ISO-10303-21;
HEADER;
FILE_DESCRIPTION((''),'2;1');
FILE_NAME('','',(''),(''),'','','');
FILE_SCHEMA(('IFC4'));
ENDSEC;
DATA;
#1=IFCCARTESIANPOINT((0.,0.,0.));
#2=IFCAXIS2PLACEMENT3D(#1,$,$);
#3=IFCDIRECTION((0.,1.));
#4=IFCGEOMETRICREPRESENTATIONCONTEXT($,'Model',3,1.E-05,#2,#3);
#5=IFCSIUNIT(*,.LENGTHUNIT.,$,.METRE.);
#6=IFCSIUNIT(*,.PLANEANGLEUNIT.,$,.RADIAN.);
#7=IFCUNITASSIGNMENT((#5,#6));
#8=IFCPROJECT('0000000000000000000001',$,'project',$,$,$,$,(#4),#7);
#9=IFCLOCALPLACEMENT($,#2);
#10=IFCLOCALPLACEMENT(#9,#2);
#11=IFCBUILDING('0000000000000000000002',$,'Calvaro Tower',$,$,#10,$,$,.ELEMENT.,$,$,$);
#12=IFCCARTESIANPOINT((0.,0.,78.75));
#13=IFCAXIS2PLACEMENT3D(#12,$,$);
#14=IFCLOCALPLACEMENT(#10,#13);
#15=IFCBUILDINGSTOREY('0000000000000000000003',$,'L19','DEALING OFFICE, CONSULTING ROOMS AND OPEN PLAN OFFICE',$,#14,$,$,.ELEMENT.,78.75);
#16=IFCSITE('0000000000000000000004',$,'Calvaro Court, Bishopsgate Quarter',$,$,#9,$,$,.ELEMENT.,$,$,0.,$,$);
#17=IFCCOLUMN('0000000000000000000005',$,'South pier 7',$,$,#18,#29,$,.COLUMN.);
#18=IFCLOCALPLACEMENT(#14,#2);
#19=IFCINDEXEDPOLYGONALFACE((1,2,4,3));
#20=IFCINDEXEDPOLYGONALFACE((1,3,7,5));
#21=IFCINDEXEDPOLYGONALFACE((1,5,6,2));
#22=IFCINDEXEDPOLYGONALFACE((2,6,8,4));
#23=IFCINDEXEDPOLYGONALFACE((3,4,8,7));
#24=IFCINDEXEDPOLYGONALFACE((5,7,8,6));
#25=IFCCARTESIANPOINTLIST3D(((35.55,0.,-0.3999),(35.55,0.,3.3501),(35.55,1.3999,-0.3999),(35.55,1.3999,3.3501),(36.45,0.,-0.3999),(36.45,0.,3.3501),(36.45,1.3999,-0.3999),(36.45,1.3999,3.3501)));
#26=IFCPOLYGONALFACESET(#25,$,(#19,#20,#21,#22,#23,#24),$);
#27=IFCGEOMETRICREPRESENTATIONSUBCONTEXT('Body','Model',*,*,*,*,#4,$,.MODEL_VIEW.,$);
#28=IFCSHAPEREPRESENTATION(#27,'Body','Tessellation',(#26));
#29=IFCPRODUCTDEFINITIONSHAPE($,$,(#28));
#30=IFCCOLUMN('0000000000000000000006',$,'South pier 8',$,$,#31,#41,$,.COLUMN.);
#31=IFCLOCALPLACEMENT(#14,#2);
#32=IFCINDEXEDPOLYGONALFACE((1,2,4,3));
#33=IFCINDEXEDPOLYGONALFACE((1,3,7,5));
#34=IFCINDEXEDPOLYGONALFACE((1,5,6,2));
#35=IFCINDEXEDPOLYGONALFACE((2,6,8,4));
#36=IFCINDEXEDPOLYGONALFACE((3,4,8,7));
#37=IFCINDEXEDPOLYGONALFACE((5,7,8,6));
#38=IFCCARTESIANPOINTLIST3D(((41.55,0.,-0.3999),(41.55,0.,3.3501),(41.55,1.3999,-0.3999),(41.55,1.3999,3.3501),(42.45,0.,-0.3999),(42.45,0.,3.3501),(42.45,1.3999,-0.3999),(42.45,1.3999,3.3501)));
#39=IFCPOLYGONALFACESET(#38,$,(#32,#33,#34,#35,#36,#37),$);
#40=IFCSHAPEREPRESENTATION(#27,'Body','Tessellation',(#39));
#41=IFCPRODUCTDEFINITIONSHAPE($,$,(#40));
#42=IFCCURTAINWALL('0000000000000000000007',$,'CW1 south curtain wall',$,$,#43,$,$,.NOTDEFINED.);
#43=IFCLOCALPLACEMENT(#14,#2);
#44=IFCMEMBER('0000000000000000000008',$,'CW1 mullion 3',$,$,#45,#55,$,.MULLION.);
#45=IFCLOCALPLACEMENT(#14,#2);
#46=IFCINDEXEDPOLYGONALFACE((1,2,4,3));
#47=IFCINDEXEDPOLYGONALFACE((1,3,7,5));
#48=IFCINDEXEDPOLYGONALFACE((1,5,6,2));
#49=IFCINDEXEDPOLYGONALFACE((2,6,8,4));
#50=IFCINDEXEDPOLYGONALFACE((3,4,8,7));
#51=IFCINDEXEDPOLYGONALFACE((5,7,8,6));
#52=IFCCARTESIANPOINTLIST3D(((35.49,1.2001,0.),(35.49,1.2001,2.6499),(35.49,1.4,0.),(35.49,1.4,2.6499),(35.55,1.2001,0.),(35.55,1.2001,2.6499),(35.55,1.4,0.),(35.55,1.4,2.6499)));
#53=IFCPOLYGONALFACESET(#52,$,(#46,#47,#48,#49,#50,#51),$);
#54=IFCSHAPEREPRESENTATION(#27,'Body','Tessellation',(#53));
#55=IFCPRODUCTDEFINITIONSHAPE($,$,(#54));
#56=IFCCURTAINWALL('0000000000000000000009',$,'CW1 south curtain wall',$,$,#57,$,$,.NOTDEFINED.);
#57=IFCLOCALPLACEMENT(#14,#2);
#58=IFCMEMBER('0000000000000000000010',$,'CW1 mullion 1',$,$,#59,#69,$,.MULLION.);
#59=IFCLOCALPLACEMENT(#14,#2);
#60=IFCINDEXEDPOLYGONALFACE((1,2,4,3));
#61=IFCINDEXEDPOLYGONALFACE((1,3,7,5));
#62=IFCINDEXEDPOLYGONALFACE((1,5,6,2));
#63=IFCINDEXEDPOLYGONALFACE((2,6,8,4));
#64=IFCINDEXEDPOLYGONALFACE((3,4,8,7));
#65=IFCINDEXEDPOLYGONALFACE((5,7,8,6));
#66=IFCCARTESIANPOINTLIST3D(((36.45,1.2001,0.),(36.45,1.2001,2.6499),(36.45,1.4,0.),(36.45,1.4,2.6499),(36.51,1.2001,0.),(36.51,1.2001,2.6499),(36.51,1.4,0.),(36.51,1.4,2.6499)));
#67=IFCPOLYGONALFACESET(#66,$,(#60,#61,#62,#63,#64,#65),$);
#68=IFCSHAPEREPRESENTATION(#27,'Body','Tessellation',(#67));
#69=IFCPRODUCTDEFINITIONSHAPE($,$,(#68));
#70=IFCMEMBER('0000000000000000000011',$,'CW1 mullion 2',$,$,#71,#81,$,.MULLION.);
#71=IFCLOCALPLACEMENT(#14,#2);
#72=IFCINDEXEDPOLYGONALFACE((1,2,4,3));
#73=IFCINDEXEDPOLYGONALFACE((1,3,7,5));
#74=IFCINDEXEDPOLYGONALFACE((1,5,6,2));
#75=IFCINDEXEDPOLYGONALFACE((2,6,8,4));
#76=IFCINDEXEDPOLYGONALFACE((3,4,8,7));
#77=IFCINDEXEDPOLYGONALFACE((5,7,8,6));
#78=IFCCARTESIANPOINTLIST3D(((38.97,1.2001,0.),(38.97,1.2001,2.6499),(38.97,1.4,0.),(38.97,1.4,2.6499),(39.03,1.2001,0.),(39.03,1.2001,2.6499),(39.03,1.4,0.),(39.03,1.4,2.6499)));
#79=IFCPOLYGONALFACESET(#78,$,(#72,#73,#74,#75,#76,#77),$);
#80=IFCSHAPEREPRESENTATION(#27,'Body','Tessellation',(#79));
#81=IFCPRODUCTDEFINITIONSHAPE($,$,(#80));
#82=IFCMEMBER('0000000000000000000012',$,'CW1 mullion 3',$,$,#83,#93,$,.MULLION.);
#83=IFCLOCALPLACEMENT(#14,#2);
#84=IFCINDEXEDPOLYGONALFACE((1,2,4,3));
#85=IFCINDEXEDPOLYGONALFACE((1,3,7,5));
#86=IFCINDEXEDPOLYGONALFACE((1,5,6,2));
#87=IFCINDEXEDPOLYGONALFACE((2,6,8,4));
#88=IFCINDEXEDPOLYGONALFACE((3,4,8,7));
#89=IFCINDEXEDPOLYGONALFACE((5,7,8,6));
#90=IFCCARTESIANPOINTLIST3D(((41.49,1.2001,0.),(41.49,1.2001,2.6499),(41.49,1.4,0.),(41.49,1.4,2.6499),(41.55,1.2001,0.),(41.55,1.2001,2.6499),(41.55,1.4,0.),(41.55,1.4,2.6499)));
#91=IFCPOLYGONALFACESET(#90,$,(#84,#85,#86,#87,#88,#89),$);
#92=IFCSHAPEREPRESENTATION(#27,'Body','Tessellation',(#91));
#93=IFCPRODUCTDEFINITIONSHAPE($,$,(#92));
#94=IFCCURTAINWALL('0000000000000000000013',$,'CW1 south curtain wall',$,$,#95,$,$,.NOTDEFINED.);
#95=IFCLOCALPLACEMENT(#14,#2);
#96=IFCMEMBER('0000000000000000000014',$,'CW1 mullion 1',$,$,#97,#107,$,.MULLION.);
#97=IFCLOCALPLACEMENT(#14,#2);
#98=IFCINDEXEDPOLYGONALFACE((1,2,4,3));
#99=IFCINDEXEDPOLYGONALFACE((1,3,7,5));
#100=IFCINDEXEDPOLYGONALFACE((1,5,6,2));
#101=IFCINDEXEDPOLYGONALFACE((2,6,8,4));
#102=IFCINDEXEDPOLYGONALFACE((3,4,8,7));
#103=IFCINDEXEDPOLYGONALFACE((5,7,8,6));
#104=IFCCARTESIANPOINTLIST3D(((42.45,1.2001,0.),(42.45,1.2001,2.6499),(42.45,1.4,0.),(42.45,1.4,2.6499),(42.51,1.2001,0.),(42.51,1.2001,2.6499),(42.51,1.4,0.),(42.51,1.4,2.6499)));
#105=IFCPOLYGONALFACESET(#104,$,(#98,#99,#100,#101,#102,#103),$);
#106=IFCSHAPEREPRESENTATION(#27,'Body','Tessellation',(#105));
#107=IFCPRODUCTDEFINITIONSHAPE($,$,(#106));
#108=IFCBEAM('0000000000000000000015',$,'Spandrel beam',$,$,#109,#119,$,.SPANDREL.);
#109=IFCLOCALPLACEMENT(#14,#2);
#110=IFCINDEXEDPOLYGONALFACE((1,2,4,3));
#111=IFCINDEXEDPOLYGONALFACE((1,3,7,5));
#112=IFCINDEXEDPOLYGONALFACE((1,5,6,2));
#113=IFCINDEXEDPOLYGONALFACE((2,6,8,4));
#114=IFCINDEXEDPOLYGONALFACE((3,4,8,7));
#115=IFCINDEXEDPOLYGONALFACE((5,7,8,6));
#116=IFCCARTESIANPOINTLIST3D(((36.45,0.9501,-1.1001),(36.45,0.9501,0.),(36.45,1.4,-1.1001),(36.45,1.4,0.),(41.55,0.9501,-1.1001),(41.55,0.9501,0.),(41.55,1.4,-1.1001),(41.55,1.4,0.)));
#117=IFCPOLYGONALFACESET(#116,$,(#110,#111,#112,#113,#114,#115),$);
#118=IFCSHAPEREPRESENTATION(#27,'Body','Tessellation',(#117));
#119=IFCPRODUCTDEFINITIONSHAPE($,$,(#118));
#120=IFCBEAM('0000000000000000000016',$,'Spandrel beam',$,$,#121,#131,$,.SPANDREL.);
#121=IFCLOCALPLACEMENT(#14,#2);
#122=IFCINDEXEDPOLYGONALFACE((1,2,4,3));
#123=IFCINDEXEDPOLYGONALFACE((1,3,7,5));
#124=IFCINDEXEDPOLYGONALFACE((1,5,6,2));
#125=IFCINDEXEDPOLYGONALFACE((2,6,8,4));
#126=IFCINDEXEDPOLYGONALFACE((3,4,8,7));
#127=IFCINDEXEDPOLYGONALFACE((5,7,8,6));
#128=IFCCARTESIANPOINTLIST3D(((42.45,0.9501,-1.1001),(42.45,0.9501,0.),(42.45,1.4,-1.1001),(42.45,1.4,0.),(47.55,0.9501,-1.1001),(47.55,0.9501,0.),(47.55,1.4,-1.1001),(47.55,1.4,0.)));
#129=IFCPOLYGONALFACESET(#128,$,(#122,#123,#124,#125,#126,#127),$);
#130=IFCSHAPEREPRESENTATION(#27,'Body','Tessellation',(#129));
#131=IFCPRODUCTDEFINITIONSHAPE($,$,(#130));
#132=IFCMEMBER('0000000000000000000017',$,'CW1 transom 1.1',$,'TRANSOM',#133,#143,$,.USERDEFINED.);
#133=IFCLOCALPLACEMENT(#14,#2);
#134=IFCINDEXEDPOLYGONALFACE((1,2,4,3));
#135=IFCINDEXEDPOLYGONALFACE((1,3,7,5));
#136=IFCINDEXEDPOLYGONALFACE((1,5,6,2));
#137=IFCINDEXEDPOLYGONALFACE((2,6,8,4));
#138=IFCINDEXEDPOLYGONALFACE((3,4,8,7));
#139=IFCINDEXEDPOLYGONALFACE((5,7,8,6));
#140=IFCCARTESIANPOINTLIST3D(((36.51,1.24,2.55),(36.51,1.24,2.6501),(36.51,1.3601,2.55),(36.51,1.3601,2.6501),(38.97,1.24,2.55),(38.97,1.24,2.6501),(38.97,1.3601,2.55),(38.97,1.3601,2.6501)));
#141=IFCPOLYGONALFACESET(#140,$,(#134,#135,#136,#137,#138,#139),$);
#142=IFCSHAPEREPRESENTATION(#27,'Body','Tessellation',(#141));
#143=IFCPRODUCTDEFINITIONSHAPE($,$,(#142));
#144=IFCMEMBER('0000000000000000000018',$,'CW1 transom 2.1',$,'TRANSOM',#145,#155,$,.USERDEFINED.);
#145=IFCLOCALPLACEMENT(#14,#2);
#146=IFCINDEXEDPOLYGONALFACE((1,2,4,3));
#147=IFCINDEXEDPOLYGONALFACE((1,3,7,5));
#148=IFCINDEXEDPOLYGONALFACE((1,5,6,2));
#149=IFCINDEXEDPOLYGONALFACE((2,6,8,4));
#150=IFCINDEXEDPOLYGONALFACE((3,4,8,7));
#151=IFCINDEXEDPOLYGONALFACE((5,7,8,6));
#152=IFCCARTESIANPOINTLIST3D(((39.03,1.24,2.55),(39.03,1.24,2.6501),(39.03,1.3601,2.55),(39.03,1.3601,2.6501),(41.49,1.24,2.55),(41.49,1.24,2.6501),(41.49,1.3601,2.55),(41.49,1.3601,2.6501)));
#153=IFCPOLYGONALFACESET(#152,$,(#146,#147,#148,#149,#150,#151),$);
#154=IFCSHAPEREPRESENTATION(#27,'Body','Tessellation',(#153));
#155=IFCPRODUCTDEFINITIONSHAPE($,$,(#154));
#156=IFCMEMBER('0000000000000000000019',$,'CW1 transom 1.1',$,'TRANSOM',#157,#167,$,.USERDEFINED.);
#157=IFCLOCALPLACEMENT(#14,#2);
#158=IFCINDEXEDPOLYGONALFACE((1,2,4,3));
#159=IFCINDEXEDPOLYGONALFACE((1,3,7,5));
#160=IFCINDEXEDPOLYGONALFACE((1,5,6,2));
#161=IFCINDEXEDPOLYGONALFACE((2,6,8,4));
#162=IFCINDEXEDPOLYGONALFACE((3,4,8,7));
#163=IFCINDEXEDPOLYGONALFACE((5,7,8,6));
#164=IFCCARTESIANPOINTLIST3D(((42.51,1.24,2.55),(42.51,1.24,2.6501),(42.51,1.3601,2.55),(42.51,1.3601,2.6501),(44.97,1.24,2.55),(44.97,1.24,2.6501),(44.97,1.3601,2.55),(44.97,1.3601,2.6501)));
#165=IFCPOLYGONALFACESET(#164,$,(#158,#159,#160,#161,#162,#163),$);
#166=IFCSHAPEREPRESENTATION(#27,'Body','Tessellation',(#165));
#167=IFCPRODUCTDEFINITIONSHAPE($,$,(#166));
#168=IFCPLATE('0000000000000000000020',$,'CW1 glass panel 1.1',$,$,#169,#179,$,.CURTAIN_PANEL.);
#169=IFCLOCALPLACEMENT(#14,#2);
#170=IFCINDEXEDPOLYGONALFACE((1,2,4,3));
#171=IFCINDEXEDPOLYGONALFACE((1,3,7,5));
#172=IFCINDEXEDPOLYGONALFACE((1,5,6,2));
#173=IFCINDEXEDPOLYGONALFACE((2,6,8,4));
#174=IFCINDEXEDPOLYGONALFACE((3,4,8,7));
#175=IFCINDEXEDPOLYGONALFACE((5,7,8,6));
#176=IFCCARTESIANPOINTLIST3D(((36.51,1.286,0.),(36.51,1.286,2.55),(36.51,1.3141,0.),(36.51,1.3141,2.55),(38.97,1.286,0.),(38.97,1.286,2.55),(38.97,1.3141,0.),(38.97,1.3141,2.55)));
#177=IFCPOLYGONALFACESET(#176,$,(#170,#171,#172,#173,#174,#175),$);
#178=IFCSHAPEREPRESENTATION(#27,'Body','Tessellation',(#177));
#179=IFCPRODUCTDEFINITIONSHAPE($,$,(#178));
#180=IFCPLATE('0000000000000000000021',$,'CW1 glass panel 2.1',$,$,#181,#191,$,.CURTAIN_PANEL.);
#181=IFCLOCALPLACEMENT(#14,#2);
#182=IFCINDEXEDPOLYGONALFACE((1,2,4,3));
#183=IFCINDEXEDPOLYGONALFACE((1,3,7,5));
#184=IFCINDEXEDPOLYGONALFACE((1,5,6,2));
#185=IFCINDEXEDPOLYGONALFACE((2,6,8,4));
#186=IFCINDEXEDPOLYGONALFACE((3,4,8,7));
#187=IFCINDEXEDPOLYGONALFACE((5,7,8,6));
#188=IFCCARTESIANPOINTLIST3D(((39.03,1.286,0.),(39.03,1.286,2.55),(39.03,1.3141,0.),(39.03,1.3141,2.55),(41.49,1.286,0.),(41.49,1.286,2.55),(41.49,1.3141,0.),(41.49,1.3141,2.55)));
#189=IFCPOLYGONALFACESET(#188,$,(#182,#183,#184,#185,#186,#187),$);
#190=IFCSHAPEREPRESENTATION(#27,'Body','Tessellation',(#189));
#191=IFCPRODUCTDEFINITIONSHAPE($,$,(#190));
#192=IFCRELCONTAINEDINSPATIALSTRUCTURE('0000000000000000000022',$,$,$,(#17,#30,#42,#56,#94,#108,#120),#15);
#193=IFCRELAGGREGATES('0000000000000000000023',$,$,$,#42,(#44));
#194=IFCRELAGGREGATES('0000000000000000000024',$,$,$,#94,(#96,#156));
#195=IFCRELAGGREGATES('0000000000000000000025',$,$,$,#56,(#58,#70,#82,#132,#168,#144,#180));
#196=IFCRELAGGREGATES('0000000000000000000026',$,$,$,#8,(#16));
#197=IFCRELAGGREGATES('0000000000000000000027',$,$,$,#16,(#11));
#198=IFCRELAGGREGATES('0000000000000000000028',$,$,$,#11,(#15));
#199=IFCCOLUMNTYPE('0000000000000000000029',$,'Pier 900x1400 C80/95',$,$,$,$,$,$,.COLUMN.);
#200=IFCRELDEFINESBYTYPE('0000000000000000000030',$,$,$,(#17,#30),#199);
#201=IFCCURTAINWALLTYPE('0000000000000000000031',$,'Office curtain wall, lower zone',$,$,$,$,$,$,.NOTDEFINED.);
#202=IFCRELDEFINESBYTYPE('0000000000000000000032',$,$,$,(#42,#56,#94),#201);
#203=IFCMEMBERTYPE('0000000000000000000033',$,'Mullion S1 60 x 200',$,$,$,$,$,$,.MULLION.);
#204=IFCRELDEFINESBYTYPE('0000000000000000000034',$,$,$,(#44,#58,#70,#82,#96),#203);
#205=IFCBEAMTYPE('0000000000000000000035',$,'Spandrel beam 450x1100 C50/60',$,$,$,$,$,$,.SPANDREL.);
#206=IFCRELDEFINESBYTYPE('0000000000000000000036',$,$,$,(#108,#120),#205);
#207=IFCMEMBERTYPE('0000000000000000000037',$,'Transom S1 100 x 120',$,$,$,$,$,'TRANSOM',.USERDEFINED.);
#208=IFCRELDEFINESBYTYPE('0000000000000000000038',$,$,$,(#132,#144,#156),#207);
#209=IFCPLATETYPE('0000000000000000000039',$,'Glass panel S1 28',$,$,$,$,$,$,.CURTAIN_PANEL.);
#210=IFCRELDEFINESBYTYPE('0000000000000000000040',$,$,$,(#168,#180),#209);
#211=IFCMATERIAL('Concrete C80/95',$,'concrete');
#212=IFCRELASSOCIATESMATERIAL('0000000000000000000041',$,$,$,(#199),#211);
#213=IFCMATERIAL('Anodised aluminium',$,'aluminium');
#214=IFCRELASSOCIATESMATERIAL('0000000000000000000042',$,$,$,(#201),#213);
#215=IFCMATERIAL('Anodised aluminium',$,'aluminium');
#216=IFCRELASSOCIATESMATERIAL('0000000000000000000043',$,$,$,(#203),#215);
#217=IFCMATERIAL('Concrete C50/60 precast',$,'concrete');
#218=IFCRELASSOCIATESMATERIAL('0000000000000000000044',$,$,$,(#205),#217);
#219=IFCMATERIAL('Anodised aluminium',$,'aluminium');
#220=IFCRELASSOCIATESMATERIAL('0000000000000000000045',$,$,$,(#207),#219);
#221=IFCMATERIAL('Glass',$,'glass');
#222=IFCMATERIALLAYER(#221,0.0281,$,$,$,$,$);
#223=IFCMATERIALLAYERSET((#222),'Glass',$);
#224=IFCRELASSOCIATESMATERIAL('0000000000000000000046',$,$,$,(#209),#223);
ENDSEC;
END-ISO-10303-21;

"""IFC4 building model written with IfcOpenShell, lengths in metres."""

from ifc_helpers import new_model, si_unit, direction, frame, origin, origin_2d, place, context, subcontext, project, spatial, rectangle, extrude, material, layer, layer_set, material_profile, profile_set, type_object, element, aggregate, save


model = new_model("IFC4")

# Units and contexts
model_context = context("Model", 3, precision=1e-05, world=origin(), true_north=direction((0.0, 1.0)))
body_context = subcontext(model_context, "Body", "Model", "MODEL_VIEW")
ifc_project = project(units=[si_unit("LENGTHUNIT", "METRE"), si_unit("PLANEANGLEUNIT", "RADIAN")], contexts=[model_context])

# Site, building, storey
site_placement = place(None, origin())
site = spatial("IfcSite", under=ifc_project, at=site_placement, Name="Calvaro Court, Bishopsgate Quarter", CompositionType="ELEMENT", RefElevation=0.0)
building_placement = place(site_placement, origin())
building = spatial("IfcBuilding", under=site, at=building_placement, Name="Calvaro Tower", CompositionType="ELEMENT")
storey_placement = place(building_placement, frame((0.0, 0.0, 78.75)))
storey = spatial("IfcBuildingStorey", under=building, at=storey_placement, Name="L19", Description="DEALING OFFICE, CONSULTING ROOMS AND OPEN PLAN OFFICE", CompositionType="ELEMENT", Elevation=78.75)

# Columns
ifc_material_1 = material(Name="Concrete C80/95", Category="concrete")
ifc_material_profile_1 = material_profile(ifc_material_1, rectangle(XDim=0.8999, YDim=1.3999, at=origin_2d()), Name="RC 900x1400")
ifc_profile_set_1 = profile_set([ifc_material_profile_1], Name="Concrete C80/95")
column_type = type_object("IfcColumnType", Name="Pier 900x1400 C80/95", PredefinedType="COLUMN", material=ifc_profile_set_1)
for number, where, z_axis, x_axis, name in (
    (1, (36.0, 0.7, -0.3999), (0.0, 0.0, 1.0), (1.0, 0.0, 0.0), "South pier 7"),
    (2, (42.0, 0.7, -0.3999), (0.0, 0.0, 1.0), (1.0, 0.0, 0.0), "South pier 8"),
):
    element("IfcColumn", number, at=place(storey_placement, frame(where, z_axis=z_axis, x_axis=x_axis)), inside=storey, type_object=column_type, Name=name, PredefinedType="COLUMN", context=body_context, shape_type="SweptSolid", body=[
        extrude(rectangle(XDim=0.8999, YDim=1.3999, at=origin_2d()), origin(), (0.0, 0.0, 1.0), 3.75),
    ])

# Curtain wall, member
ifc_material_2 = material(Name="Anodised aluminium", Category="aluminium")
curtain_wall_type = type_object("IfcCurtainWallType", Name="Office curtain wall, lower zone", PredefinedType="NOTDEFINED", material=ifc_material_2)
curtain_wall_1_placement = place(storey_placement, origin())
curtain_wall_1 = element("IfcCurtainWall", 3, at=curtain_wall_1_placement, inside=storey, type_object=curtain_wall_type, Name="CW1 south curtain wall", PredefinedType="NOTDEFINED")
ifc_material_3 = material(Name="Anodised aluminium", Category="aluminium")
ifc_material_profile_2 = material_profile(ifc_material_3, rectangle(XDim=0.2, YDim=0.0601, at=origin_2d()), Name="Mullion S1 60 x 200")
ifc_profile_set_2 = profile_set([ifc_material_profile_2], Name="Anodised aluminium")
member_type_1 = type_object("IfcMemberType", Name="Mullion S1 60 x 200", PredefinedType="MULLION", material=ifc_profile_set_2)
member_1_placement = place(storey_placement, frame((35.52, 1.3, 0.0), z_axis=(0.0, 0.0, 1.0), x_axis=(0.0, 1.0, 0.0)))
member_1 = element("IfcMember", 4, at=member_1_placement, type_object=member_type_1, Name="CW1 mullion 3", PredefinedType="MULLION", context=body_context, shape_type="SweptSolid", body=[
    extrude(rectangle(XDim=0.2, YDim=0.0601, at=origin_2d()), origin(), (0.0, 0.0, 1.0), 2.6499),
])
aggregate(curtain_wall_1, [member_1])

# Curtain wall, members
curtain_wall_2_placement = place(storey_placement, origin())
curtain_wall_2 = element("IfcCurtainWall", 5, at=curtain_wall_2_placement, inside=storey, type_object=curtain_wall_type, Name="CW1 south curtain wall", PredefinedType="NOTDEFINED")
member_2_placement = place(storey_placement, frame((36.48, 1.3, 0.0), z_axis=(0.0, 0.0, 1.0), x_axis=(0.0, 1.0, 0.0)))
member_2 = element("IfcMember", 6, at=member_2_placement, type_object=member_type_1, Name="CW1 mullion 1", PredefinedType="MULLION", context=body_context, shape_type="SweptSolid", body=[
    extrude(rectangle(XDim=0.2, YDim=0.0601, at=origin_2d()), origin(), (0.0, 0.0, 1.0), 2.6499),
])
member_3_placement = place(storey_placement, frame((39.0, 1.3, 0.0), z_axis=(0.0, 0.0, 1.0), x_axis=(0.0, 1.0, 0.0)))
member_3 = element("IfcMember", 7, at=member_3_placement, type_object=member_type_1, Name="CW1 mullion 2", PredefinedType="MULLION", context=body_context, shape_type="SweptSolid", body=[
    extrude(rectangle(XDim=0.2, YDim=0.0601, at=origin_2d()), origin(), (0.0, 0.0, 1.0), 2.6499),
])
member_4_placement = place(storey_placement, frame((41.52, 1.3, 0.0), z_axis=(0.0, 0.0, 1.0), x_axis=(0.0, 1.0, 0.0)))
member_4 = element("IfcMember", 8, at=member_4_placement, type_object=member_type_1, Name="CW1 mullion 3", PredefinedType="MULLION", context=body_context, shape_type="SweptSolid", body=[
    extrude(rectangle(XDim=0.2, YDim=0.0601, at=origin_2d()), origin(), (0.0, 0.0, 1.0), 2.6499),
])

# Curtain wall, member
curtain_wall_3_placement = place(storey_placement, origin())
curtain_wall_3 = element("IfcCurtainWall", 9, at=curtain_wall_3_placement, inside=storey, type_object=curtain_wall_type, Name="CW1 south curtain wall", PredefinedType="NOTDEFINED")
member_5_placement = place(storey_placement, frame((42.48, 1.3, 0.0), z_axis=(0.0, 0.0, 1.0), x_axis=(0.0, 1.0, 0.0)))
member_5 = element("IfcMember", 10, at=member_5_placement, type_object=member_type_1, Name="CW1 mullion 1", PredefinedType="MULLION", context=body_context, shape_type="SweptSolid", body=[
    extrude(rectangle(XDim=0.2, YDim=0.0601, at=origin_2d()), origin(), (0.0, 0.0, 1.0), 2.6499),
])

# Beams
ifc_material_4 = material(Name="Concrete C50/60 precast", Category="concrete")
ifc_material_profile_3 = material_profile(ifc_material_4, rectangle(XDim=0.45, YDim=1.1001, at=origin_2d()), Name="RC 450x1100")
ifc_profile_set_3 = profile_set([ifc_material_profile_3], Name="Concrete C50/60 precast")
beam_type = type_object("IfcBeamType", Name="Spandrel beam 450x1100 C50/60", PredefinedType="SPANDREL", material=ifc_profile_set_3)
for number, where, z_axis, x_axis, name in (
    (11, (36.45, 1.175, -0.55), (1.0, 0.0, 0.0), (0.0, 1.0, 0.0), "Spandrel beam"),
    (12, (42.45, 1.175, -0.55), (1.0, 0.0, 0.0), (0.0, 1.0, 0.0), "Spandrel beam"),
):
    element("IfcBeam", number, at=place(storey_placement, frame(where, z_axis=z_axis, x_axis=x_axis)), inside=storey, type_object=beam_type, Name=name, PredefinedType="SPANDREL", context=body_context, shape_type="SweptSolid", body=[
        extrude(rectangle(XDim=0.45, YDim=1.1001, at=origin_2d()), origin(), (0.0, 0.0, 1.0), 5.1001),
    ])

# Members
ifc_material_5 = material(Name="Anodised aluminium", Category="aluminium")
ifc_material_profile_4 = material_profile(ifc_material_5, rectangle(XDim=0.1201, YDim=0.1001, at=origin_2d()), Name="Transom S1 100 x 120")
ifc_profile_set_4 = profile_set([ifc_material_profile_4], Name="Anodised aluminium")
member_type_2 = type_object("IfcMemberType", Name="Transom S1 100 x 120", ElementType="TRANSOM", PredefinedType="USERDEFINED", material=ifc_profile_set_4)
member_6_placement = place(storey_placement, frame((36.51, 1.3, 2.6001), z_axis=(1.0, 0.0, 0.0), x_axis=(0.0, 1.0, 0.0)))
member_6 = element("IfcMember", 13, at=member_6_placement, type_object=member_type_2, Name="CW1 transom 1.1", ObjectType="TRANSOM", PredefinedType="USERDEFINED", context=body_context, shape_type="SweptSolid", body=[
    extrude(rectangle(XDim=0.1201, YDim=0.1001, at=origin_2d()), origin(), (0.0, 0.0, 1.0), 2.46),
])
member_7_placement = place(storey_placement, frame((39.03, 1.3, 2.6001), z_axis=(1.0, 0.0, 0.0), x_axis=(0.0, 1.0, 0.0)))
member_7 = element("IfcMember", 14, at=member_7_placement, type_object=member_type_2, Name="CW1 transom 2.1", ObjectType="TRANSOM", PredefinedType="USERDEFINED", context=body_context, shape_type="SweptSolid", body=[
    extrude(rectangle(XDim=0.1201, YDim=0.1001, at=origin_2d()), origin(), (0.0, 0.0, 1.0), 2.46),
])
member_8_placement = place(storey_placement, frame((42.51, 1.3, 2.6001), z_axis=(1.0, 0.0, 0.0), x_axis=(0.0, 1.0, 0.0)))
member_8 = element("IfcMember", 15, at=member_8_placement, type_object=member_type_2, Name="CW1 transom 1.1", ObjectType="TRANSOM", PredefinedType="USERDEFINED", context=body_context, shape_type="SweptSolid", body=[
    extrude(rectangle(XDim=0.1201, YDim=0.1001, at=origin_2d()), origin(), (0.0, 0.0, 1.0), 2.46),
])
aggregate(curtain_wall_3, [member_5, member_8])

# Plates
ifc_material_6 = material(Name="Glass", Category="glass")
ifc_layer = layer(ifc_material_6, 0.0281)
ifc_layer_set = layer_set([ifc_layer], Name="Glass")
plate_type = type_object("IfcPlateType", Name="Glass panel S1 28", PredefinedType="CURTAIN_PANEL", material=ifc_layer_set)
plate_1_placement = place(storey_placement, frame((37.74, 1.3, 0.0), z_axis=(0.0, 0.0, 1.0), x_axis=(1.0, 0.0, 0.0)))
plate_1 = element("IfcPlate", 16, at=plate_1_placement, type_object=plate_type, Name="CW1 glass panel 1.1", PredefinedType="CURTAIN_PANEL", context=body_context, shape_type="SweptSolid", body=[
    extrude(rectangle(XDim=2.46, YDim=0.0281, at=origin_2d()), origin(), (0.0, 0.0, 1.0), 2.55),
])
plate_2_placement = place(storey_placement, frame((40.26, 1.3, 0.0), z_axis=(0.0, 0.0, 1.0), x_axis=(1.0, 0.0, 0.0)))
plate_2 = element("IfcPlate", 17, at=plate_2_placement, type_object=plate_type, Name="CW1 glass panel 2.1", PredefinedType="CURTAIN_PANEL", context=body_context, shape_type="SweptSolid", body=[
    extrude(rectangle(XDim=2.46, YDim=0.0281, at=origin_2d()), origin(), (0.0, 0.0, 1.0), 2.55),
])
aggregate(curtain_wall_2, [member_2, member_3, member_4, member_6, plate_1, member_7, plate_2])

save(model, "model.ifc")
